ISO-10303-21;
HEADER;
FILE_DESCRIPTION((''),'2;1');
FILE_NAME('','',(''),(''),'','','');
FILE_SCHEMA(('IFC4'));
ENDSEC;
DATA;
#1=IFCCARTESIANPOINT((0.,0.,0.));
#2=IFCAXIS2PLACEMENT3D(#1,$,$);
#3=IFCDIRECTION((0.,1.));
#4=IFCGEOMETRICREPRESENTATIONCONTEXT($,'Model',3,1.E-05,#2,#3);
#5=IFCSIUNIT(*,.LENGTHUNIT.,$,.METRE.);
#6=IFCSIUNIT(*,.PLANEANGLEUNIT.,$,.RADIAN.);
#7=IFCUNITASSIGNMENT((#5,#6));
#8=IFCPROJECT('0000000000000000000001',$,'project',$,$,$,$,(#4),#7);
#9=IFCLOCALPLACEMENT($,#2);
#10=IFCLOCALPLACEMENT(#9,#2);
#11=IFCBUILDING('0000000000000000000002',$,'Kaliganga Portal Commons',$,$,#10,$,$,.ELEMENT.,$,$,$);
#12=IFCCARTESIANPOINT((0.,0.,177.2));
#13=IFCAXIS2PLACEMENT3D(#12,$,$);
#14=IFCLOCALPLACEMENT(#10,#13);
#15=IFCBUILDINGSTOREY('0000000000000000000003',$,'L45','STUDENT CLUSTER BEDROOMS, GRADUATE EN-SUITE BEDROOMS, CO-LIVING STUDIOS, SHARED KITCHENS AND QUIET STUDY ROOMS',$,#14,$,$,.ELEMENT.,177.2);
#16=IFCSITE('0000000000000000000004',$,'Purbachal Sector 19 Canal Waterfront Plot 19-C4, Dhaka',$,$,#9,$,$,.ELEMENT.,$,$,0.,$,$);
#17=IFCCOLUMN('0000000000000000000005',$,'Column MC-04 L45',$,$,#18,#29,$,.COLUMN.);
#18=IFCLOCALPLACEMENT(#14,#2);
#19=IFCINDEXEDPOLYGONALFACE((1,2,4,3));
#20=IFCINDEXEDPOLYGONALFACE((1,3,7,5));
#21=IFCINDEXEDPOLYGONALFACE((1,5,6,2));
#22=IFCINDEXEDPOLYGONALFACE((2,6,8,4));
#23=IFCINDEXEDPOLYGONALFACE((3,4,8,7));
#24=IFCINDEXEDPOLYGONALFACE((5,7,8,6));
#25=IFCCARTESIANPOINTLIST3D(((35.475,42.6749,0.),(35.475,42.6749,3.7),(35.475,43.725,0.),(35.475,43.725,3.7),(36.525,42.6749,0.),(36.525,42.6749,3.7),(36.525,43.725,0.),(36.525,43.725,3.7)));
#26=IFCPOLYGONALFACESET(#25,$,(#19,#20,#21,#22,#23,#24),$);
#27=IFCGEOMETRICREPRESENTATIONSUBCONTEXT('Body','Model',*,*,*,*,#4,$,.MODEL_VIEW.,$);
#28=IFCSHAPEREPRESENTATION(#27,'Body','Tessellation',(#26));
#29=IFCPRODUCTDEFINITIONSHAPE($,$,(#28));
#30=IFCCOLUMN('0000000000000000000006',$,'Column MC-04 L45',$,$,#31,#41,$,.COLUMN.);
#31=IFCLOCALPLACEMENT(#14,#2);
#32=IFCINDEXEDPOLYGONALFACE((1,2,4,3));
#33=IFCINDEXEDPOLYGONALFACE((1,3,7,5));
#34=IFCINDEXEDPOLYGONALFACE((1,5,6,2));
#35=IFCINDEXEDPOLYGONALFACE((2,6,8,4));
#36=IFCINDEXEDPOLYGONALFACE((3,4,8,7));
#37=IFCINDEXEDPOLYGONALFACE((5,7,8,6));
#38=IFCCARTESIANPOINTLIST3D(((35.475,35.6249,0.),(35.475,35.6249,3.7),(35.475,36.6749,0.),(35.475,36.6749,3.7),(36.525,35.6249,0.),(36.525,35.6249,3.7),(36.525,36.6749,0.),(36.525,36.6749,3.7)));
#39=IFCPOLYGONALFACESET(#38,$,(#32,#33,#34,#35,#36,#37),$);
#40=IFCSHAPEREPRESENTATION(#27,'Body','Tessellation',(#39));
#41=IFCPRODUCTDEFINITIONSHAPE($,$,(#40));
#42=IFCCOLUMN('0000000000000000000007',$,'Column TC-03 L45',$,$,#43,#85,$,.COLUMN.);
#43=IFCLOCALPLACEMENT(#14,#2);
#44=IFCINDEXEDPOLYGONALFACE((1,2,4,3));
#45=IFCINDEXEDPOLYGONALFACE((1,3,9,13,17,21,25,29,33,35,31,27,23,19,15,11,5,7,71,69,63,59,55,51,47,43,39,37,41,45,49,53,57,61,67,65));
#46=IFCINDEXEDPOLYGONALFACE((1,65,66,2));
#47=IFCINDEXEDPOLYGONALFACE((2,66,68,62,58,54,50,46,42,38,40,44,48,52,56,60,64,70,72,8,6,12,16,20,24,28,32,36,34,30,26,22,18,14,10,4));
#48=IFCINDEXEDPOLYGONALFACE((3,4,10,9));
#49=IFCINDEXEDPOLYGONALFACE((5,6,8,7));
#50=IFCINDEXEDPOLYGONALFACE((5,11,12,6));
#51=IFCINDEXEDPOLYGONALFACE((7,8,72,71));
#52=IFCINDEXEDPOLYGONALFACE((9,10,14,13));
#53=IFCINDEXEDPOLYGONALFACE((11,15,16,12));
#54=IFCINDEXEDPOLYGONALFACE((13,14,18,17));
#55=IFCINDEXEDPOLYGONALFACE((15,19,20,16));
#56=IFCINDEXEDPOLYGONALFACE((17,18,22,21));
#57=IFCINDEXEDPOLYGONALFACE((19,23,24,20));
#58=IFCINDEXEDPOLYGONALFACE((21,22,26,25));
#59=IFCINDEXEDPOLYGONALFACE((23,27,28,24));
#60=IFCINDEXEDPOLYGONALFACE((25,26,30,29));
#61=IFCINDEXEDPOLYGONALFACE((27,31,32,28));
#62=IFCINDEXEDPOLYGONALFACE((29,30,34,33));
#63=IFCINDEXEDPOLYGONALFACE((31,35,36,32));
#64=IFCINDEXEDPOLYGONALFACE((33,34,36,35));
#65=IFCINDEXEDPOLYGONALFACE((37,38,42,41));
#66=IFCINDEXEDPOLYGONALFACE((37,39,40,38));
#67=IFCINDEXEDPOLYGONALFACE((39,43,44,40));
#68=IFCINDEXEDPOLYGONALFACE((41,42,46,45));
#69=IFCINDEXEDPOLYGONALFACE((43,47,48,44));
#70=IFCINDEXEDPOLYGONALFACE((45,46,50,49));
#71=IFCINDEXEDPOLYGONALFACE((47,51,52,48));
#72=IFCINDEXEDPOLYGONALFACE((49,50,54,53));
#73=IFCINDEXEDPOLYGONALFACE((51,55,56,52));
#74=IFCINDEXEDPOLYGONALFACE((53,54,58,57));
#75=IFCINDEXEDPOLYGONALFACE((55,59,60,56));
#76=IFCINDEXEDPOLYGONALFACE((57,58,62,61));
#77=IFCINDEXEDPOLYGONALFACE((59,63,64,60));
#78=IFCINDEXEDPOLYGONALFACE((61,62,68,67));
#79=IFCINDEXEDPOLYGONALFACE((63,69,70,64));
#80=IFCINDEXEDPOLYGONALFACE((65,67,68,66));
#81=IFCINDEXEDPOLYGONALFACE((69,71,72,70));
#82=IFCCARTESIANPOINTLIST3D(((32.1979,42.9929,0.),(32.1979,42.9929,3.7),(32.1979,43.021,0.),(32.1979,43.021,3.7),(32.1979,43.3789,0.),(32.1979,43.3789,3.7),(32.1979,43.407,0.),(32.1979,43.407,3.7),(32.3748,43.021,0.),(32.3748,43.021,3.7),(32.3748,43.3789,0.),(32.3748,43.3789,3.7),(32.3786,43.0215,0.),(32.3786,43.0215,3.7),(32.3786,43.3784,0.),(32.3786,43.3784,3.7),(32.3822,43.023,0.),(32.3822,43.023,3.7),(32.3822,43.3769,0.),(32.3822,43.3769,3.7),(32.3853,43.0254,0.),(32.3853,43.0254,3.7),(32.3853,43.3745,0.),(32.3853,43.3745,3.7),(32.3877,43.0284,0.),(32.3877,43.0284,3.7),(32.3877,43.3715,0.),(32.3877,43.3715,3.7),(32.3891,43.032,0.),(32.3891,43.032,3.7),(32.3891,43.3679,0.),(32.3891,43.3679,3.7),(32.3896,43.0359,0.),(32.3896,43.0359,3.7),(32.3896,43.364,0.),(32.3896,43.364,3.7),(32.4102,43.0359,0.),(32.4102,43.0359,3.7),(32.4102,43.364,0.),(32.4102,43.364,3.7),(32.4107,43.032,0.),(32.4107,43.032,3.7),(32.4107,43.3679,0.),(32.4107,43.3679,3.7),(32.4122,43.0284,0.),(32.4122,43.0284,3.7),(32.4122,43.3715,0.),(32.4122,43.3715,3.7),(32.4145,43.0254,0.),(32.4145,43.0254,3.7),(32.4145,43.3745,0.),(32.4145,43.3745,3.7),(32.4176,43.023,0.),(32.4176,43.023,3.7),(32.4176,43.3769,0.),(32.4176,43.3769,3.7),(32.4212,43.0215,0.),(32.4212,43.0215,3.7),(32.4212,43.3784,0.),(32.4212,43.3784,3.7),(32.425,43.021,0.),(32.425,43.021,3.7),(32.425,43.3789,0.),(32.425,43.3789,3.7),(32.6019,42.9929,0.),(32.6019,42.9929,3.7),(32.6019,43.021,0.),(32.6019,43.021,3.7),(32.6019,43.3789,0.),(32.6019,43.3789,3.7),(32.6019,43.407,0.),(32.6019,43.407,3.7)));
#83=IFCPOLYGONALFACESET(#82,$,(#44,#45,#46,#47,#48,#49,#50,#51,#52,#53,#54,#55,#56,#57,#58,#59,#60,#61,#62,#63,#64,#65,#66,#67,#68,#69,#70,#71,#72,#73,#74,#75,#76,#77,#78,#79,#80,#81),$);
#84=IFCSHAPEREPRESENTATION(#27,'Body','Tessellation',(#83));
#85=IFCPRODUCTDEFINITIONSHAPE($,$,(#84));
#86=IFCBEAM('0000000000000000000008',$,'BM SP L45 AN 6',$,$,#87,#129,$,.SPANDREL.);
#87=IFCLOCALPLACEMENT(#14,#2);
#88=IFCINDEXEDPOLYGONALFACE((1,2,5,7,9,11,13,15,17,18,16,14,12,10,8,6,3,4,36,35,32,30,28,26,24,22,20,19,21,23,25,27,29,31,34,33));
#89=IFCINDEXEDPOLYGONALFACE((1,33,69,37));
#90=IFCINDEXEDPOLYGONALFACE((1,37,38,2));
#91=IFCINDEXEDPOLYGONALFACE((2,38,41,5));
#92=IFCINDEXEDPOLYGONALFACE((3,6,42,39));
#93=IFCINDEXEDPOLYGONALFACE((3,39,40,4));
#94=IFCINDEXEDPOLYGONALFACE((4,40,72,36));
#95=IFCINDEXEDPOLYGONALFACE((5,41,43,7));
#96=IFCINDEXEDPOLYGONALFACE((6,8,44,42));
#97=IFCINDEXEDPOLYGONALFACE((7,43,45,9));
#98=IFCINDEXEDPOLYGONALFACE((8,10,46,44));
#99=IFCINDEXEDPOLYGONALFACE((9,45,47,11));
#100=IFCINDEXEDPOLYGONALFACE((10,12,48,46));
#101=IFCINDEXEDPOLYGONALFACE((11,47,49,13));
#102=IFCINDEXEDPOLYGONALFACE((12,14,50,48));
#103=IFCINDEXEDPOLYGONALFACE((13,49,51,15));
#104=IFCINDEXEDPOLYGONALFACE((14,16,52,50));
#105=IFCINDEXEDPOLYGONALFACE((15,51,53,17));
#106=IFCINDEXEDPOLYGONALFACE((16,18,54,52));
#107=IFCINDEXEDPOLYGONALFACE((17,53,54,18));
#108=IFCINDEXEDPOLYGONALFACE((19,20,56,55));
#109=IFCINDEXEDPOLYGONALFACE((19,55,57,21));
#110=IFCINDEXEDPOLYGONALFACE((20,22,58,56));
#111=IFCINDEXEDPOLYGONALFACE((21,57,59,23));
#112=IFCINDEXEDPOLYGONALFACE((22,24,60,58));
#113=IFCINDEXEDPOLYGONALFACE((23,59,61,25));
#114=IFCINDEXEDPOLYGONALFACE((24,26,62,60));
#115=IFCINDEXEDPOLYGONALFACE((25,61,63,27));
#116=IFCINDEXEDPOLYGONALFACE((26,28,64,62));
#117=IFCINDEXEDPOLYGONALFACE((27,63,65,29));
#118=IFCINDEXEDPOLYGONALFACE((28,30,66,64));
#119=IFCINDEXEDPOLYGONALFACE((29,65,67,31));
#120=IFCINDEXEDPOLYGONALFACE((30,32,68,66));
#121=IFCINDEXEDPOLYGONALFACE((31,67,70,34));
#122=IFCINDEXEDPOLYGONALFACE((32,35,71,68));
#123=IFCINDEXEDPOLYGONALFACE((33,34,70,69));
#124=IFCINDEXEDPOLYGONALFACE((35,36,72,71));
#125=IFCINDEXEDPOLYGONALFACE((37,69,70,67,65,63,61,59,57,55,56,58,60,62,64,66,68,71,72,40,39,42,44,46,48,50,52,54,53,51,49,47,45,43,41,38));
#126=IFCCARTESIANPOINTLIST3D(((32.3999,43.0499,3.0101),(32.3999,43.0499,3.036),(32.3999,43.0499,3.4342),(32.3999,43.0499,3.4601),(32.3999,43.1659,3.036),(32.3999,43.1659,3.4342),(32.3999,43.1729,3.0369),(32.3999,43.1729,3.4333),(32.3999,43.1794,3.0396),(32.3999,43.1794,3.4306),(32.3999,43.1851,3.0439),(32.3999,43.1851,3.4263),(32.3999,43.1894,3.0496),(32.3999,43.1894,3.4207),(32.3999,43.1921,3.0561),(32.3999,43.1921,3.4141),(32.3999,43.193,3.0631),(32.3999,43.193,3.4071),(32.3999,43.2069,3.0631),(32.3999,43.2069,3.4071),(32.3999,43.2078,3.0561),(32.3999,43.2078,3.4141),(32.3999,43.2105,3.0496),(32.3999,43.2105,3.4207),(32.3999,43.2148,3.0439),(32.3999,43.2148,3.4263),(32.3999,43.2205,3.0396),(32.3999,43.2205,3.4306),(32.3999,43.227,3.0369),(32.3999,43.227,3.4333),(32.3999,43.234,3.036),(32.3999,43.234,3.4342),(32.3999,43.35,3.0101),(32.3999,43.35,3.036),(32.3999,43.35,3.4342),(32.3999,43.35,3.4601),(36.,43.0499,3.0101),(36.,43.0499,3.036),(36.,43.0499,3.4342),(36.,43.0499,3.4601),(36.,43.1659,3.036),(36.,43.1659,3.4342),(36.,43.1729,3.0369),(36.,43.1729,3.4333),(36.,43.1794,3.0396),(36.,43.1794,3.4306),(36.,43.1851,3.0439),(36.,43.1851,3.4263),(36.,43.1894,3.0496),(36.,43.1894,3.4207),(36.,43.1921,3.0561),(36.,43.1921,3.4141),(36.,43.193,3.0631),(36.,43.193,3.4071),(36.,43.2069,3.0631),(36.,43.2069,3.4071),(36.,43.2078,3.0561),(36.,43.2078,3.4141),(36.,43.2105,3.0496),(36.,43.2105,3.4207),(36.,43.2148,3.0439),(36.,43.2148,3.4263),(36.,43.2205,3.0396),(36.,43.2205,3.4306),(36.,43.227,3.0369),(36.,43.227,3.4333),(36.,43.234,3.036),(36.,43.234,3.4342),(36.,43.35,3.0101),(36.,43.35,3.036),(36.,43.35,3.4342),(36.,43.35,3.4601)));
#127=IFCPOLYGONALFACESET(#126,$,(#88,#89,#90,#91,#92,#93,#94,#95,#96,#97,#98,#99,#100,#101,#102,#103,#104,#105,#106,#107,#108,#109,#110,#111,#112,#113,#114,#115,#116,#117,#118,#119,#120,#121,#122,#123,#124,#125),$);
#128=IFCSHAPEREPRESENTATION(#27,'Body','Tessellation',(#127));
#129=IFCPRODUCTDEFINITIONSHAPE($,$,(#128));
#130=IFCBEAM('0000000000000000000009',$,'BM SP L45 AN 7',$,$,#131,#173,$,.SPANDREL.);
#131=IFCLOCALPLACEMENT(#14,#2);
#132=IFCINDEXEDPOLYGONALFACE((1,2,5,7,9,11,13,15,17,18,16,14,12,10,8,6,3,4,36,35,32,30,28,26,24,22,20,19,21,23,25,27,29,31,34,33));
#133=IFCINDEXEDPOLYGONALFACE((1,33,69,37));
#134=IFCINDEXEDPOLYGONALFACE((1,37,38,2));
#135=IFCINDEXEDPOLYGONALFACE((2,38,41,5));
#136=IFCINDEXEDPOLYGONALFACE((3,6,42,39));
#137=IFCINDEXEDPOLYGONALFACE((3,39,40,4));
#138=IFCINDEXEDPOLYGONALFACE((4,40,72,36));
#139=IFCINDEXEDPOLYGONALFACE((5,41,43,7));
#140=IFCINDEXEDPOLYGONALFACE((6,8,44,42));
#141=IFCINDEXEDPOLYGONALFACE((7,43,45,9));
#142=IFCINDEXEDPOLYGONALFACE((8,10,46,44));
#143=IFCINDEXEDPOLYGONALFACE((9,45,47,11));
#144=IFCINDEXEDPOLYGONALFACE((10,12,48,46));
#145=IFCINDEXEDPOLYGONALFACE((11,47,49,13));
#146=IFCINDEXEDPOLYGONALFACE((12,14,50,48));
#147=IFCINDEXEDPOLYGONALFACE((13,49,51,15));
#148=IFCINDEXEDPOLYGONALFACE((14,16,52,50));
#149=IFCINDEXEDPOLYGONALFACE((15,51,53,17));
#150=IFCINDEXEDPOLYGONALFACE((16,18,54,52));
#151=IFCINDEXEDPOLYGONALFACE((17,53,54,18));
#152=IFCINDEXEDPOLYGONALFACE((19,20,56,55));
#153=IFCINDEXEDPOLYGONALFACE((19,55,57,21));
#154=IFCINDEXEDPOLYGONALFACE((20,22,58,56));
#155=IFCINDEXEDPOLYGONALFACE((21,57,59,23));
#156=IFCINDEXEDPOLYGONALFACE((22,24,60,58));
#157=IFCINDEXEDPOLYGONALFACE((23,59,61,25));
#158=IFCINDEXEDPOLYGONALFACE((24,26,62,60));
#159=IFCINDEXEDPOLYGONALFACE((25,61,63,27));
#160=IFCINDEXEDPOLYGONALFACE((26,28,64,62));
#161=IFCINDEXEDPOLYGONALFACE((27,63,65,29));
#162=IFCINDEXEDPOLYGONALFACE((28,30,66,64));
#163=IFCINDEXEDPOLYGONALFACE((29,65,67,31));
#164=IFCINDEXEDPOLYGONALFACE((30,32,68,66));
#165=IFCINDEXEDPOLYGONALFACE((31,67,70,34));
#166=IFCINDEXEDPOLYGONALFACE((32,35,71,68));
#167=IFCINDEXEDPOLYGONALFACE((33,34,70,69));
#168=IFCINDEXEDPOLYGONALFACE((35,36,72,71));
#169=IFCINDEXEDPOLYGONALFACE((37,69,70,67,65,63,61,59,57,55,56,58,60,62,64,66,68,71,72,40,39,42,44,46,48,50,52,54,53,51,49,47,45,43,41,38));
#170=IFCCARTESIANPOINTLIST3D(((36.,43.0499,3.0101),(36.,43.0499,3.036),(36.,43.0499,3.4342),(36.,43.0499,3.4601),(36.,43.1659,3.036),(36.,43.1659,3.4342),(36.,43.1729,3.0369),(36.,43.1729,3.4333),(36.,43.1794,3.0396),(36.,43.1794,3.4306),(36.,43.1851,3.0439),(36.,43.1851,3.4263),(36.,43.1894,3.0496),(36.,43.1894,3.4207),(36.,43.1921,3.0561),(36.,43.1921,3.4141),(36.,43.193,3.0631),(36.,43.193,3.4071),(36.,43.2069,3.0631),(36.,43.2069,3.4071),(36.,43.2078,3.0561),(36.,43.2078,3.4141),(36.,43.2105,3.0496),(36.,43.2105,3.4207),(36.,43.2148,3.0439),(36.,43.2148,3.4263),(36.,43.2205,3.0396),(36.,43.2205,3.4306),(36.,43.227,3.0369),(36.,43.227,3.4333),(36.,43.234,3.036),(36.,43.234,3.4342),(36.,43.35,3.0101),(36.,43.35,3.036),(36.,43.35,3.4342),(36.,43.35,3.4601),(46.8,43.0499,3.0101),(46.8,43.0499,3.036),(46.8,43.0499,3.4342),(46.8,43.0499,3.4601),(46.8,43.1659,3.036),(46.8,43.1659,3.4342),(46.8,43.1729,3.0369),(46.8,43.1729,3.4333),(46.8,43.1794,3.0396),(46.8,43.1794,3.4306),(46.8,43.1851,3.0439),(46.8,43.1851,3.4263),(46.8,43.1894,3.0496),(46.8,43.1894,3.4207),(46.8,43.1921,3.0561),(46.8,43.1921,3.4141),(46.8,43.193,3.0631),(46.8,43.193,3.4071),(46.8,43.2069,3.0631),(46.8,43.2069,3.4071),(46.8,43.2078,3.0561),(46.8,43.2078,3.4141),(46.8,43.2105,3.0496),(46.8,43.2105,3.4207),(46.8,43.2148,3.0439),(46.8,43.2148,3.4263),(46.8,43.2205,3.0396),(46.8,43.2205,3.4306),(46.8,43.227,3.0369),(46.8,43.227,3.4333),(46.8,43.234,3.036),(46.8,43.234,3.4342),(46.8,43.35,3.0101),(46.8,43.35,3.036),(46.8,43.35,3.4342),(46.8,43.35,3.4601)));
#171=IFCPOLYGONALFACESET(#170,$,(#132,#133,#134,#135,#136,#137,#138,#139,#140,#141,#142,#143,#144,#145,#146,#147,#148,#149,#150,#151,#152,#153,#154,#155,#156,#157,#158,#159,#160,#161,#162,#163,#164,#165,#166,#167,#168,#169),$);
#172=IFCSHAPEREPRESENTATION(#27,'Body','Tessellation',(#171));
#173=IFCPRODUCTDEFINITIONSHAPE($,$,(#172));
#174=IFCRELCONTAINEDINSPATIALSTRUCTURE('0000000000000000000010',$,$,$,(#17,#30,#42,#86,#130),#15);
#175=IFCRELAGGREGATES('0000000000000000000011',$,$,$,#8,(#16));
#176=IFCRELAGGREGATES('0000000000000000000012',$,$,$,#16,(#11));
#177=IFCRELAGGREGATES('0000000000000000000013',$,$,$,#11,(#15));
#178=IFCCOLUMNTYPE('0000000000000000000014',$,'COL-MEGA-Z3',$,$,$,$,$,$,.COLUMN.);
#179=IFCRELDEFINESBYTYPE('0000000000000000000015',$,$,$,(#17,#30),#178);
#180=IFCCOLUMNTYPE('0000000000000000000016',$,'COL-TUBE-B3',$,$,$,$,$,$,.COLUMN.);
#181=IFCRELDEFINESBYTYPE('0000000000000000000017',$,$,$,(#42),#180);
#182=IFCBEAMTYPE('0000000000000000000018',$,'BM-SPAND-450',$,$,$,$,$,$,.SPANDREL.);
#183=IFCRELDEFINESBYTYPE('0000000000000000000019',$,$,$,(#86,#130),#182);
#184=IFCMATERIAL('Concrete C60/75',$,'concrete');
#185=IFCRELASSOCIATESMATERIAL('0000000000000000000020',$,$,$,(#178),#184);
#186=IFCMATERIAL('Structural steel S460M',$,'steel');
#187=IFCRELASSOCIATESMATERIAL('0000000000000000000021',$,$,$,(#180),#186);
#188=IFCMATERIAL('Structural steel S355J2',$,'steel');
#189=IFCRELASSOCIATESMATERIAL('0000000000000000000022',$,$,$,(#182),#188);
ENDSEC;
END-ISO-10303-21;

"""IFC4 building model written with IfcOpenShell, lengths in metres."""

from ifc_helpers import new_model, si_unit, direction, frame, origin, origin_2d, place, context, subcontext, project, spatial, rectangle, i_section, extrude, source, transform, mapped, material, material_profile, profile_set, type_object, element, save


model = new_model("IFC4")

# Units and contexts
model_context = context("Model", 3, precision=1e-05, world=origin(), true_north=direction((0.0, 1.0)))
body_context = subcontext(model_context, "Body", "Model", "MODEL_VIEW")
ifc_project = project(units=[si_unit("LENGTHUNIT", "METRE"), si_unit("PLANEANGLEUNIT", "RADIAN")], contexts=[model_context])

# Site, building, storey
site_placement = place(None, origin())
site = spatial("IfcSite", under=ifc_project, at=site_placement, Name="Purbachal Sector 19 Canal Waterfront Plot 19-C4, Dhaka", CompositionType="ELEMENT", RefElevation=0.0)
building_placement = place(site_placement, origin())
building = spatial("IfcBuilding", under=site, at=building_placement, Name="Kaliganga Portal Commons", CompositionType="ELEMENT")
storey_placement = place(building_placement, frame((0.0, 0.0, 177.2)))
storey = spatial("IfcBuildingStorey", under=building, at=storey_placement, Name="L45", Description="STUDENT CLUSTER BEDROOMS, GRADUATE EN-SUITE BEDROOMS, CO-LIVING STUDIOS, SHARED KITCHENS AND QUIET STUDY ROOMS", CompositionType="ELEMENT", Elevation=177.2)

# Columns
ifc_material_1 = material(Name="Concrete C60/75", Category="concrete")
ifc_material_profile_1 = material_profile(ifc_material_1, rectangle(XDim=1.05, YDim=1.05, at=origin_2d()), Name="RC 1050x1050")
ifc_profile_set_1 = profile_set([ifc_material_profile_1], Name="Concrete C60/75")
column_type_1 = type_object("IfcColumnType", Name="COL-MEGA-Z3", PredefinedType="COLUMN", material=ifc_profile_set_1)
shared_shape_1 = source(origin(), body_context, "Body", "SweptSolid", [
    extrude(rectangle(XDim=1.05, YDim=1.05, at=origin_2d()), origin(), (0.0, 0.0, 1.0), 3.7),
])
for number, where, z_axis, x_axis, name in (
    (1, (36.0, 43.2, 0.0), (0.0, 0.0, 1.0), (1.0, 0.0, 0.0), "Column MC-04 L45"),
    (2, (36.0, 36.1499, 0.0), (0.0, 0.0, 1.0), (1.0, 0.0, 0.0), "Column MC-04 L45"),
):
    element("IfcColumn", number, at=place(storey_placement, frame(where, z_axis=z_axis, x_axis=x_axis)), inside=storey, type_object=column_type_1, Name=name, PredefinedType="COLUMN", context=body_context, shape_type="MappedRepresentation", body=[
        mapped(shared_shape_1, transform((0.0, 0.0, 0.0), x_axis=(1.0, 0.0, 0.0), y_axis=(0.0, 1.0, 0.0), z_axis=(0.0, 0.0, 1.0), scale=1.0)),
    ])
ifc_material_2 = material(Name="Structural steel S460M", Category="steel")
ifc_material_profile_2 = material_profile(ifc_material_2, i_section(OverallWidth=0.4041, OverallDepth=0.4141, WebThickness=0.0205, FlangeThickness=0.0281, FilletRadius=0.0149, at=origin_2d()), Name="HD 400x347")
ifc_profile_set_2 = profile_set([ifc_material_profile_2], Name="Structural steel S460M wide-flange")
column_type_2 = type_object("IfcColumnType", Name="COL-TUBE-B3", PredefinedType="COLUMN", material=ifc_profile_set_2)
shared_shape_2 = source(origin(), body_context, "Body", "SweptSolid", [
    extrude(i_section(OverallWidth=0.4041, OverallDepth=0.4141, WebThickness=0.0205, FlangeThickness=0.0281, FilletRadius=0.0149, at=origin_2d()), origin(), (0.0, 0.0, 1.0), 3.7),
])
column_placement = place(storey_placement, frame((32.3999, 43.2, 0.0), z_axis=(0.0, 0.0, 1.0), x_axis=(1.0, 0.0, 0.0)))
element("IfcColumn", 3, at=column_placement, inside=storey, type_object=column_type_2, Name="Column TC-03 L45", PredefinedType="COLUMN", context=body_context, shape_type="MappedRepresentation", body=[
    mapped(shared_shape_2, transform((0.0, 0.0, 0.0), x_axis=(1.0, 0.0, 0.0), y_axis=(0.0, 1.0, 0.0), z_axis=(0.0, 0.0, 1.0), scale=1.0)),
])

# Beams
ifc_material_3 = material(Name="Structural steel S355J2", Category="steel")
ifc_material_profile_3 = material_profile(ifc_material_3, i_section(OverallWidth=0.3, OverallDepth=0.45, WebThickness=0.0139, FlangeThickness=0.0259, FilletRadius=0.0271, at=origin_2d()), Name="HE 450 B")
ifc_profile_set_3 = profile_set([ifc_material_profile_3], Name="Structural steel S355J2 wide-flange")
beam_type_1 = type_object("IfcBeamType", Name="BM-SPAND-450", PredefinedType="SPANDREL", material=ifc_profile_set_3)
shared_shape_3 = source(origin(), body_context, "Body", "SweptSolid", [
    extrude(i_section(OverallWidth=0.3, OverallDepth=0.45, WebThickness=0.0139, FlangeThickness=0.0259, FilletRadius=0.0271, at=origin_2d()), origin(), (0.0, 0.0, 1.0), 3.6001),
])
beam_1_placement = place(storey_placement, frame((32.3999, 43.2, 3.2351), z_axis=(1.0, 0.0, 0.0), x_axis=(0.0, 1.0, 0.0)))
element("IfcBeam", 4, at=beam_1_placement, inside=storey, type_object=beam_type_1, Name="BM SP L45 AN 6", PredefinedType="SPANDREL", context=body_context, shape_type="MappedRepresentation", body=[
    mapped(shared_shape_3, transform((0.0, 0.0, 0.0), x_axis=(1.0, 0.0, 0.0), y_axis=(0.0, 1.0, 0.0), z_axis=(0.0, 0.0, 1.0), scale=1.0)),
])
shared_shape_4 = source(origin(), body_context, "Body", "SweptSolid", [
    extrude(i_section(OverallWidth=0.3, OverallDepth=0.45, WebThickness=0.0139, FlangeThickness=0.0259, FilletRadius=0.0271, at=origin_2d()), origin(), (0.0, 0.0, 1.0), 10.8),
])
beam_2_placement = place(storey_placement, frame((36.0, 43.2, 3.2351), z_axis=(1.0, 0.0, 0.0), x_axis=(0.0, 1.0, 0.0)))
element("IfcBeam", 5, at=beam_2_placement, inside=storey, type_object=beam_type_1, Name="BM SP L45 AN 7", PredefinedType="SPANDREL", context=body_context, shape_type="MappedRepresentation", body=[
    mapped(shared_shape_4, transform((0.0, 0.0, 0.0), x_axis=(1.0, 0.0, 0.0), y_axis=(0.0, 1.0, 0.0), z_axis=(0.0, 0.0, 1.0), scale=1.0)),
])

save(model, "model.ifc")
